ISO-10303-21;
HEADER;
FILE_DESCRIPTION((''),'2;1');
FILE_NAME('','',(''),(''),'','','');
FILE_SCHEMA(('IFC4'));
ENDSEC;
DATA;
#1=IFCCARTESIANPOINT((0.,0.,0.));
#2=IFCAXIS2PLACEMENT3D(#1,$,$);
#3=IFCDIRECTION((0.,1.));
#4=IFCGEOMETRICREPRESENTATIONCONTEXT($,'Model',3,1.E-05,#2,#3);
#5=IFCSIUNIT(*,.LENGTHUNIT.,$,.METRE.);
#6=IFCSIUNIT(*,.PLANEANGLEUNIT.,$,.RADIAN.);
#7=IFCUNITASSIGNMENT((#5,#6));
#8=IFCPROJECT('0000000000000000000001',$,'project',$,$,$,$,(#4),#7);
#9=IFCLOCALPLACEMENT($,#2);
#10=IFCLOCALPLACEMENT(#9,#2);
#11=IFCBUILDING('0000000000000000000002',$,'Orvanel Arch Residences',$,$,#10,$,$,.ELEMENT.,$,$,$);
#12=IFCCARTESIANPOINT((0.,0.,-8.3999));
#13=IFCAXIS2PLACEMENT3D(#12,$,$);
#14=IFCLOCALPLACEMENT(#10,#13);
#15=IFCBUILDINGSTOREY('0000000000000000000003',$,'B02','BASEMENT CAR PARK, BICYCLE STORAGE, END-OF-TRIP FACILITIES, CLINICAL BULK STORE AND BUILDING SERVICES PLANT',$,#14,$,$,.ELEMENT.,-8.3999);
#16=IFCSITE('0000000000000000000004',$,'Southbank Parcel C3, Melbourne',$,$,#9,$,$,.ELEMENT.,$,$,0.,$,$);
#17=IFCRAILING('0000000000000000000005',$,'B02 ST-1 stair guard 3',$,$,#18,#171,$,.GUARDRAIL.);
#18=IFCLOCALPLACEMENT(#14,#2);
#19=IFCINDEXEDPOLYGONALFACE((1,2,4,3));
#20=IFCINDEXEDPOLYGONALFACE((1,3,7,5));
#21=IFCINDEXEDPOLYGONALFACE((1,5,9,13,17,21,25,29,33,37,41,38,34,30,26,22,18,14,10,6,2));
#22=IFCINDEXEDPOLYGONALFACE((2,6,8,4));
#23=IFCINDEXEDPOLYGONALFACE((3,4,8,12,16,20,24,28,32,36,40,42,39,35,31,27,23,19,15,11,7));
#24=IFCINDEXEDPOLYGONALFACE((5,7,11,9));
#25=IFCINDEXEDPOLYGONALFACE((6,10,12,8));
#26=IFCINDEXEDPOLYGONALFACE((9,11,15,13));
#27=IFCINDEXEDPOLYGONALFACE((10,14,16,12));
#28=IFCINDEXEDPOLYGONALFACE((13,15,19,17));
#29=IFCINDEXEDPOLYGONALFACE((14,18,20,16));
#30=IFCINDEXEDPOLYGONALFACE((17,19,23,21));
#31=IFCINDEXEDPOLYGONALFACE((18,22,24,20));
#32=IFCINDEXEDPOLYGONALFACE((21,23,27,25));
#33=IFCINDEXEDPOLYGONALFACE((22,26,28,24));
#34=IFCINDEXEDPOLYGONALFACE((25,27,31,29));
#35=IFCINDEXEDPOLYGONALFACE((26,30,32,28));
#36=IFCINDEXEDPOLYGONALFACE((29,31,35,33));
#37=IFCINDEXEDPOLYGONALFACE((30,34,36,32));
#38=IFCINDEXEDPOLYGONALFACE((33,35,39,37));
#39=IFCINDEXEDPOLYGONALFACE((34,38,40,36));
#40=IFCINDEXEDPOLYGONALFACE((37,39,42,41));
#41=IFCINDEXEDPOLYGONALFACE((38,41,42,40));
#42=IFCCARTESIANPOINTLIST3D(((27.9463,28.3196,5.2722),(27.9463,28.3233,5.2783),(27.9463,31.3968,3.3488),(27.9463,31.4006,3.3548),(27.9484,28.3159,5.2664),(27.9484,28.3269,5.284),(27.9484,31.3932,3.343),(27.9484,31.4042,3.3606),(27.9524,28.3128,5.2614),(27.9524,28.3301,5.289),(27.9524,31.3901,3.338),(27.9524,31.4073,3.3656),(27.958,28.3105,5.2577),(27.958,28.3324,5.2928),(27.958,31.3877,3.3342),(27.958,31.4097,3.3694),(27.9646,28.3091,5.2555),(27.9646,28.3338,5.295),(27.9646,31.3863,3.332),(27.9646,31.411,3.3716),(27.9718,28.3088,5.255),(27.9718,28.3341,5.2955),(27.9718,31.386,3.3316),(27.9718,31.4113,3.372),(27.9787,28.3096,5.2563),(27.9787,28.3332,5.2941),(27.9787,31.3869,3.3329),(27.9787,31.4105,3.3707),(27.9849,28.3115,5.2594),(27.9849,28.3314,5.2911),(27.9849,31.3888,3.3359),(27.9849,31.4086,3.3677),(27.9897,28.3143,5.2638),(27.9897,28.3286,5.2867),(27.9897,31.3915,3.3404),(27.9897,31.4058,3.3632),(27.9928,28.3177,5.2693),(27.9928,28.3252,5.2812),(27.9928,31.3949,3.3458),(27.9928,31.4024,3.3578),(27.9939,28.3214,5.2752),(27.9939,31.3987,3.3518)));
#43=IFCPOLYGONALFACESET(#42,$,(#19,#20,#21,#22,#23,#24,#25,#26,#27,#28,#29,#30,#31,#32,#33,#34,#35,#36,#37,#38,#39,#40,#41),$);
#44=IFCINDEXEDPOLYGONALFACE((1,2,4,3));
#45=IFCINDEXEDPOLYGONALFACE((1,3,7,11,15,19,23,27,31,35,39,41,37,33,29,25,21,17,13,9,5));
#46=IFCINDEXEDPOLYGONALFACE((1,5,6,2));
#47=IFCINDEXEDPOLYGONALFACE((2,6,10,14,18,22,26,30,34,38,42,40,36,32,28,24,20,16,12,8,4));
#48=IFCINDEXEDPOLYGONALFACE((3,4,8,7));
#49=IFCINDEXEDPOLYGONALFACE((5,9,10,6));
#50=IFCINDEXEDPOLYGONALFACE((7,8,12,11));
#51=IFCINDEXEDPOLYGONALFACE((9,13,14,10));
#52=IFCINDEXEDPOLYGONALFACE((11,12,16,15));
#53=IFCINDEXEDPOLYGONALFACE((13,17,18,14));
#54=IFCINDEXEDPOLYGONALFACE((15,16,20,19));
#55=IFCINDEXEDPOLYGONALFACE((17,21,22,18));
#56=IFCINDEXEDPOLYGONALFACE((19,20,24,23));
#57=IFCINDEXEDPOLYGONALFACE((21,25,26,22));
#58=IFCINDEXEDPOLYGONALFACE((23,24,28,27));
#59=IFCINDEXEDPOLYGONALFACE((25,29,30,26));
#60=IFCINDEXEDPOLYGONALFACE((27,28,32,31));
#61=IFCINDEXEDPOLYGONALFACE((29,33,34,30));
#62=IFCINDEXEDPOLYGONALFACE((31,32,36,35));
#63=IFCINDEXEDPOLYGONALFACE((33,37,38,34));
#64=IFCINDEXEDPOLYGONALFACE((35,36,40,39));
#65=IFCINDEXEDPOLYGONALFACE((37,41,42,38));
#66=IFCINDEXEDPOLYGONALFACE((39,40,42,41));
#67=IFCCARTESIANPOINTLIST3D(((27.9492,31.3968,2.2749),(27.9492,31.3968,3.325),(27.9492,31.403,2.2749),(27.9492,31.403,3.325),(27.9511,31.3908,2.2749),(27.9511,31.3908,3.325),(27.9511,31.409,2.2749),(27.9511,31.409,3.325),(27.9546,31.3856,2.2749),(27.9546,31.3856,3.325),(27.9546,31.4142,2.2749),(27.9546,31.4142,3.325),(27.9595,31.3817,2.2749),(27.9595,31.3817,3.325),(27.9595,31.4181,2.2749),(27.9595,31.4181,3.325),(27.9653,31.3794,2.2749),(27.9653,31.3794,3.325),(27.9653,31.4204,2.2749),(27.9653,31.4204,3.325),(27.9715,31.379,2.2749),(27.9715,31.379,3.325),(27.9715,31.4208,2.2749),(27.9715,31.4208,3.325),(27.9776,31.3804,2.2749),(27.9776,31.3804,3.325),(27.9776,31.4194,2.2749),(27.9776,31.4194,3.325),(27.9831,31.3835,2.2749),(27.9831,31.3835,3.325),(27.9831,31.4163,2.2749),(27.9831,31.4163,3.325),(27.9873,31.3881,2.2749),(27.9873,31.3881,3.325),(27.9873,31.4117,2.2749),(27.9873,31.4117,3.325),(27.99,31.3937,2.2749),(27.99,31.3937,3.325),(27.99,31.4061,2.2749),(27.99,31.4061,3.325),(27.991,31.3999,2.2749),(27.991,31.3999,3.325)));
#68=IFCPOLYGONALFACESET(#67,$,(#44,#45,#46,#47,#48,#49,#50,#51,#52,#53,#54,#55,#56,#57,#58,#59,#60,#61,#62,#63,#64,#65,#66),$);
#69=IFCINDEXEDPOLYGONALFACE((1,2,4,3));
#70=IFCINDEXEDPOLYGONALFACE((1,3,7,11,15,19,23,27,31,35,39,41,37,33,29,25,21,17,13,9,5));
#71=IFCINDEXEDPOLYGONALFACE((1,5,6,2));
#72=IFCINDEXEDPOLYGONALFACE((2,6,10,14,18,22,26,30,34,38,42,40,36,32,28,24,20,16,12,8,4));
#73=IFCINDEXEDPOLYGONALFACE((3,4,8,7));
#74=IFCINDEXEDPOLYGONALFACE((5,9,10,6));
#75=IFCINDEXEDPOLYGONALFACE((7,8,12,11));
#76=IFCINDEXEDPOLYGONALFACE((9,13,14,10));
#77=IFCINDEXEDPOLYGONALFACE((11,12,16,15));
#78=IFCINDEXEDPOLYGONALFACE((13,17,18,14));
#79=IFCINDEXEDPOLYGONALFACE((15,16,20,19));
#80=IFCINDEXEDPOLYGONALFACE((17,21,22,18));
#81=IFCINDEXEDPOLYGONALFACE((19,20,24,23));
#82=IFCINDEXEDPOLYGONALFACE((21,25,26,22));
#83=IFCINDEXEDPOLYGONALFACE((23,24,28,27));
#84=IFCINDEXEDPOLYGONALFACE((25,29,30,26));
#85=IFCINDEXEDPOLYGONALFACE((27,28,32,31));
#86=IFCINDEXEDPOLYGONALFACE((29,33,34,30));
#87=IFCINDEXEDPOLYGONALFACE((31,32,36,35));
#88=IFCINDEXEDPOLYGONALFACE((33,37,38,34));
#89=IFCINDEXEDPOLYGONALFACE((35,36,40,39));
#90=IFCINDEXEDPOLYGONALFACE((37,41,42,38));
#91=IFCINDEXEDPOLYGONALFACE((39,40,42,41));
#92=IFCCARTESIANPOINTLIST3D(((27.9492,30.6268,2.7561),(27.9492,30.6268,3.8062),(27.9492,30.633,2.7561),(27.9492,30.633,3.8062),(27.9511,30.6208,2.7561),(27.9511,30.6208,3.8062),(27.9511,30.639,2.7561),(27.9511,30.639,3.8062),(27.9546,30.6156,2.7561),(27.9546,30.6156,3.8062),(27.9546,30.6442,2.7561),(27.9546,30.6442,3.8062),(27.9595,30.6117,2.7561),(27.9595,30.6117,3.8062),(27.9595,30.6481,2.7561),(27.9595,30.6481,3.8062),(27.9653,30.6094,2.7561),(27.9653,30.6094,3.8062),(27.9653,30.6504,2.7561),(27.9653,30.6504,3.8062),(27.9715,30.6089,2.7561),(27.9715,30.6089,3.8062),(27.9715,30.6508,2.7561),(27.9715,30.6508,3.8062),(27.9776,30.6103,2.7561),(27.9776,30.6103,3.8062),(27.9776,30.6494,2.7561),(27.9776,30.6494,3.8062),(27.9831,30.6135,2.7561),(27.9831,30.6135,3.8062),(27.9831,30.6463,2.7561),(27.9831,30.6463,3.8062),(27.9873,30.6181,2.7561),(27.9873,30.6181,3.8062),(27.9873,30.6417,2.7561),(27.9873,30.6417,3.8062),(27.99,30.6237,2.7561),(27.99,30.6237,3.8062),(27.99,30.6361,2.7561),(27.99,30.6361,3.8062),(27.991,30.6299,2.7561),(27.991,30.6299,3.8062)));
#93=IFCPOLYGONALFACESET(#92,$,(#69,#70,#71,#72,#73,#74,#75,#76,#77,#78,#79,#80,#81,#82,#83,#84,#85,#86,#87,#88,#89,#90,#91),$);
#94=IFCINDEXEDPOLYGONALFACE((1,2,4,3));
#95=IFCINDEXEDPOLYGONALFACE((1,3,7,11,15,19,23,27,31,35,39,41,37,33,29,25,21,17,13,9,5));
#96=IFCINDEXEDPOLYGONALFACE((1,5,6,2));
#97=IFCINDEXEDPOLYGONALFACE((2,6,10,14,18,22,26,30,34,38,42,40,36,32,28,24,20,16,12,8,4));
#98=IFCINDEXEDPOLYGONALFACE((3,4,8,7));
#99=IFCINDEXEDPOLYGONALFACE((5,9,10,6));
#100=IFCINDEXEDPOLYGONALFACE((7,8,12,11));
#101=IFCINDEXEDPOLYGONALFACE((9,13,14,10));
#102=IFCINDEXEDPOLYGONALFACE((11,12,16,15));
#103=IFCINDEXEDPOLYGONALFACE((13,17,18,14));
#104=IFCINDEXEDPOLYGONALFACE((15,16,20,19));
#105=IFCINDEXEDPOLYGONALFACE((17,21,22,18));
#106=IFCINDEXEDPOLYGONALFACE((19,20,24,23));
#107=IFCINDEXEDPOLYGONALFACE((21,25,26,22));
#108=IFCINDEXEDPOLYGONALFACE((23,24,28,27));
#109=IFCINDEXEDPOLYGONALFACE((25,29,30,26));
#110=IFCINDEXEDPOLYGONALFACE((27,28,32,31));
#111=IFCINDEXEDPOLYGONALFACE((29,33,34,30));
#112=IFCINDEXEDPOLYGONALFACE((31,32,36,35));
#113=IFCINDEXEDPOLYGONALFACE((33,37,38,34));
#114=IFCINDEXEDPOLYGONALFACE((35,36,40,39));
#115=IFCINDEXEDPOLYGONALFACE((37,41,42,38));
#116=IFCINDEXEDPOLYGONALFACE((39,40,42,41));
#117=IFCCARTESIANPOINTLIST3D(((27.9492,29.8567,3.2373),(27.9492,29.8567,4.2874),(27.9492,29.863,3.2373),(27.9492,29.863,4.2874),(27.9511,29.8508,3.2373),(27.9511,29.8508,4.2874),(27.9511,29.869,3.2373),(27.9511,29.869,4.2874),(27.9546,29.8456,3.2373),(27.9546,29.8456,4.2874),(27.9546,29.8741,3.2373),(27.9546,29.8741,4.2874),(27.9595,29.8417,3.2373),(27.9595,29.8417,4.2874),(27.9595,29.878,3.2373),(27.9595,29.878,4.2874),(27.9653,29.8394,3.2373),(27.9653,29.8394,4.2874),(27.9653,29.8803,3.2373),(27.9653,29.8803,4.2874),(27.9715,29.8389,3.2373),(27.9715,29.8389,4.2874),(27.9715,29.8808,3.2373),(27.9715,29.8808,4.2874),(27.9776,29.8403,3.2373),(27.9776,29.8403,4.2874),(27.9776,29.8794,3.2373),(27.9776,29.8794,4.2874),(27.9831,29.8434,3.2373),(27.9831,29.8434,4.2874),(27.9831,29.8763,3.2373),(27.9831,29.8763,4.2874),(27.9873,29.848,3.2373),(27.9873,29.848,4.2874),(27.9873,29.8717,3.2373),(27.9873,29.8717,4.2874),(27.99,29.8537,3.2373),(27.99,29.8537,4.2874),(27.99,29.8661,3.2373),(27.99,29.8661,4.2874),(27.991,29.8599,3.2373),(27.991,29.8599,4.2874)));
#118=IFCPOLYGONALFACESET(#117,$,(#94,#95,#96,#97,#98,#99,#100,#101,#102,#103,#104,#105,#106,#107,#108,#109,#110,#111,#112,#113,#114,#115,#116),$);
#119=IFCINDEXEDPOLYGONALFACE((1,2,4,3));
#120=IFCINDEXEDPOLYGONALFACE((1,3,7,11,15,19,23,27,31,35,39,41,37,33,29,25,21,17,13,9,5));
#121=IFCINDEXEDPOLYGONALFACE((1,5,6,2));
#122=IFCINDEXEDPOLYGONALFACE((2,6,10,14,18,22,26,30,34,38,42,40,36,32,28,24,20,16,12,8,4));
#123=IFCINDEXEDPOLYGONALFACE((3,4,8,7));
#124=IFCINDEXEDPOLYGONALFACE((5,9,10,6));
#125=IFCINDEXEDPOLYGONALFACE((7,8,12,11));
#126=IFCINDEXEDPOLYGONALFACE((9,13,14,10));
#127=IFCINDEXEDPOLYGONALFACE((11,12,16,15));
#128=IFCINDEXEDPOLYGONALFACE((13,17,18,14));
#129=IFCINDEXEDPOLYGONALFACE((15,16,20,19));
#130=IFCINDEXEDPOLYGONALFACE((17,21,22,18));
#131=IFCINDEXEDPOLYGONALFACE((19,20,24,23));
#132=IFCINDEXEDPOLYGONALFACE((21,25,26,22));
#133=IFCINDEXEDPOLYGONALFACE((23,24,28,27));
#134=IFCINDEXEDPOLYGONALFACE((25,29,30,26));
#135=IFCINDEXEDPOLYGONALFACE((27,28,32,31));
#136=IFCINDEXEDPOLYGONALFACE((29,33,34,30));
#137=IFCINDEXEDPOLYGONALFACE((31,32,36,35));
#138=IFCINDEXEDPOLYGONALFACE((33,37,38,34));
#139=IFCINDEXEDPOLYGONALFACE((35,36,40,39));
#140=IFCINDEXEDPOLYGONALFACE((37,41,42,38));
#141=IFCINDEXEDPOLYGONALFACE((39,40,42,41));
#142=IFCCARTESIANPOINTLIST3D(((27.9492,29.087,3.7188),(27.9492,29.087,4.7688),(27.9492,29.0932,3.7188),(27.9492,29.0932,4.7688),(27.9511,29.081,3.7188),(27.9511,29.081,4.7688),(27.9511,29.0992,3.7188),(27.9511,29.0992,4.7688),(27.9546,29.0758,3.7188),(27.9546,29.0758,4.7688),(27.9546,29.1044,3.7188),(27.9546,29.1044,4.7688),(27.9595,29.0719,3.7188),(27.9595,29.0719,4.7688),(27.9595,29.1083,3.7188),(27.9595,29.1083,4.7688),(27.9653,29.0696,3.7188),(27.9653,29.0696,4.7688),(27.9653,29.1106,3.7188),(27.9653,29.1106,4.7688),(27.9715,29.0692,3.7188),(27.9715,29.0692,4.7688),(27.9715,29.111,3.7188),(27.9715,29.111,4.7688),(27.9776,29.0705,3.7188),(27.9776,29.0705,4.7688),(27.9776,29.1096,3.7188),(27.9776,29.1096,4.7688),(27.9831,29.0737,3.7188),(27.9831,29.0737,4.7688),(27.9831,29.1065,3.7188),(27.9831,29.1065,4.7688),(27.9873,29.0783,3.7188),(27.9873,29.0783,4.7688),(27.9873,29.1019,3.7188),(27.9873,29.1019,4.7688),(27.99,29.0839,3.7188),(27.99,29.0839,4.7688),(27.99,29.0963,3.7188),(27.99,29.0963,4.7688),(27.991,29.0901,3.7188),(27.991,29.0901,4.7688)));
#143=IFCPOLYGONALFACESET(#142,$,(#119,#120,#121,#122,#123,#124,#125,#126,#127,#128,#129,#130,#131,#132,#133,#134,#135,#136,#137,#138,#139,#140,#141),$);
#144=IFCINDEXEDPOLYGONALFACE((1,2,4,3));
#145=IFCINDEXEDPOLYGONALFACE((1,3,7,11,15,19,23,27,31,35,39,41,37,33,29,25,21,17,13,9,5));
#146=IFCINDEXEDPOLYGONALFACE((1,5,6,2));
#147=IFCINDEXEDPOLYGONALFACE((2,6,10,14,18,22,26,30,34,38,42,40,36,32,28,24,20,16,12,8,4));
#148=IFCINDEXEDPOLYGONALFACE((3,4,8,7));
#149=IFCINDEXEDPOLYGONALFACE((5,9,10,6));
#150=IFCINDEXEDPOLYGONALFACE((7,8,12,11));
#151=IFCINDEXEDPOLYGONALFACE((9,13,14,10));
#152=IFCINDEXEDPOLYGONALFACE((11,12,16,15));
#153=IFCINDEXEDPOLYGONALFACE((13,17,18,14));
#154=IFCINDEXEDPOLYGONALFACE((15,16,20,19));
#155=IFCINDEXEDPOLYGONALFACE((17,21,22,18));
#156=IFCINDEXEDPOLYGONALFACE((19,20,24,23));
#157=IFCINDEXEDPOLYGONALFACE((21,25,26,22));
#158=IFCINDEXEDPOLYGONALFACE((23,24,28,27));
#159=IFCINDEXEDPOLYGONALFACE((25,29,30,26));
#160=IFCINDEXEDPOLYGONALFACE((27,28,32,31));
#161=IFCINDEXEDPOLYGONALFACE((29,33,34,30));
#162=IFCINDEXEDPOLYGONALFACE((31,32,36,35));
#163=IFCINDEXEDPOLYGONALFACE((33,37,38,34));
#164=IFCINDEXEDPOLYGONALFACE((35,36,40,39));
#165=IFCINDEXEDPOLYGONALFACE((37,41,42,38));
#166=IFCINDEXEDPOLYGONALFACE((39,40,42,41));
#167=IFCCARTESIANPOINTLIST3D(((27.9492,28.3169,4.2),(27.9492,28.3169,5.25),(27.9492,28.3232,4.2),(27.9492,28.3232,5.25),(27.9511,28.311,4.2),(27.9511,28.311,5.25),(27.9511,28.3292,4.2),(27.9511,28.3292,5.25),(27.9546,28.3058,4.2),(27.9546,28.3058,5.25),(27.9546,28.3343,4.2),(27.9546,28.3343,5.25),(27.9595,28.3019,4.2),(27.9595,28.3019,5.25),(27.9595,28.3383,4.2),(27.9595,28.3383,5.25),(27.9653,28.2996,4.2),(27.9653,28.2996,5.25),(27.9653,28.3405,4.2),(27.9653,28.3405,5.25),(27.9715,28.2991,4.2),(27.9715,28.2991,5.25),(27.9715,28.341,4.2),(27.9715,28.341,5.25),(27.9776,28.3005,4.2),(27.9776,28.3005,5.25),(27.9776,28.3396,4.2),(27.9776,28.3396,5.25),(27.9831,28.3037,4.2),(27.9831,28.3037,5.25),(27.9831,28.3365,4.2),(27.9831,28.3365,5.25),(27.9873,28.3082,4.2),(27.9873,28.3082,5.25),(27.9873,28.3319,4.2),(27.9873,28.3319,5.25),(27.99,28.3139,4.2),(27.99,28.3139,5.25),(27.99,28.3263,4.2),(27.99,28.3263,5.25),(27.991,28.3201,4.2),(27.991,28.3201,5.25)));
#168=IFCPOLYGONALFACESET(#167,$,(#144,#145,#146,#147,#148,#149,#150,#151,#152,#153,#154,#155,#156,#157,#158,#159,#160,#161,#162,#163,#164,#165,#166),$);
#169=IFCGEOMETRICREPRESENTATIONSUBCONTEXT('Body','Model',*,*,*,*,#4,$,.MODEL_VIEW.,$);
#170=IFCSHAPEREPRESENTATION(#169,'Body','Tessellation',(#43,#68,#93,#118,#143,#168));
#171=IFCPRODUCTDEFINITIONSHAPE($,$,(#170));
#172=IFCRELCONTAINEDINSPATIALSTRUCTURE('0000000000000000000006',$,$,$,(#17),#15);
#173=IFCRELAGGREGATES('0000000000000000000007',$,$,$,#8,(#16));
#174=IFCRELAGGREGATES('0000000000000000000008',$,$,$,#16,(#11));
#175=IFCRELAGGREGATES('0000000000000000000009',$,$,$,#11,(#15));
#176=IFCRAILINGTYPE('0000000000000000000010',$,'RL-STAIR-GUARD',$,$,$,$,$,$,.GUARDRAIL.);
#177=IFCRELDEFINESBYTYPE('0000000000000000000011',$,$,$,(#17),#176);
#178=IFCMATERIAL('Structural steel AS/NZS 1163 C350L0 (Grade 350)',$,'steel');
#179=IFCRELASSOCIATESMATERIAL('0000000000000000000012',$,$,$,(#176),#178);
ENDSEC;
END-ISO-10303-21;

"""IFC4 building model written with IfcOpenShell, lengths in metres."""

from ifc_helpers import new_model, si_unit, direction, frame, origin, origin_2d, place, context, subcontext, project, spatial, circle, extrude, material, type_object, element, save


model = new_model("IFC4")

# Units and contexts
model_context = context("Model", 3, precision=1e-05, world=origin(), true_north=direction((0.0, 1.0)))
body_context = subcontext(model_context, "Body", "Model", "MODEL_VIEW")
ifc_project = project(units=[si_unit("LENGTHUNIT", "METRE"), si_unit("PLANEANGLEUNIT", "RADIAN")], contexts=[model_context])

# Site, building, storey
site_placement = place(None, origin())
site = spatial("IfcSite", under=ifc_project, at=site_placement, Name="Southbank Parcel C3, Melbourne", CompositionType="ELEMENT", RefElevation=0.0)
building_placement = place(site_placement, origin())
building = spatial("IfcBuilding", under=site, at=building_placement, Name="Orvanel Arch Residences", CompositionType="ELEMENT")
storey_placement = place(building_placement, frame((0.0, 0.0, -8.3999)))
storey = spatial("IfcBuildingStorey", under=building, at=storey_placement, Name="B02", Description="BASEMENT CAR PARK, BICYCLE STORAGE, END-OF-TRIP FACILITIES, CLINICAL BULK STORE AND BUILDING SERVICES PLANT", CompositionType="ELEMENT", Elevation=-8.3999)

# Railing
ifc_material_1 = material(Name="Structural steel AS/NZS 1163 C350L0 (Grade 350)", Category="steel")
railing_type_1 = type_object("IfcRailingType", Name="RL-STAIR-GUARD", PredefinedType="GUARDRAIL", material=ifc_material_1)
railing_1_placement = place(storey_placement, frame((27.97, 31.3999, 2.2749)))
element("IfcRailing", 1, at=railing_1_placement, inside=storey, type_object=railing_type_1, Name="B02 ST-1 stair guard 3", PredefinedType="GUARDRAIL", context=body_context, shape_type="SweptSolid", body=[
    extrude(circle(Radius=0.0239, at=origin_2d()), frame((0.0, -0.0012, 1.0769), z_axis=(0.0, -0.847979, 0.530029), x_axis=(1.0, 0.0, 0.0)), (0.0, 0.0, 1.0), 3.6289),
    extrude(circle(Radius=0.021, at=origin_2d()), origin(), (0.0, 0.0, 1.0), 1.05),
    extrude(circle(Radius=0.021, at=origin_2d()), frame((0.0, -0.77, 0.4812)), (0.0, 0.0, 1.0), 1.05),
    extrude(circle(Radius=0.021, at=origin_2d()), frame((0.0, -1.54, 0.9624)), (0.0, 0.0, 1.0), 1.05),
    extrude(circle(Radius=0.021, at=origin_2d()), frame((0.0, -2.3098, 1.4438)), (0.0, 0.0, 1.0), 1.05),
    extrude(circle(Radius=0.021, at=origin_2d()), frame((0.0, -3.0798, 1.925)), (0.0, 0.0, 1.0), 1.05),
])

save(model, "model.ifc")
